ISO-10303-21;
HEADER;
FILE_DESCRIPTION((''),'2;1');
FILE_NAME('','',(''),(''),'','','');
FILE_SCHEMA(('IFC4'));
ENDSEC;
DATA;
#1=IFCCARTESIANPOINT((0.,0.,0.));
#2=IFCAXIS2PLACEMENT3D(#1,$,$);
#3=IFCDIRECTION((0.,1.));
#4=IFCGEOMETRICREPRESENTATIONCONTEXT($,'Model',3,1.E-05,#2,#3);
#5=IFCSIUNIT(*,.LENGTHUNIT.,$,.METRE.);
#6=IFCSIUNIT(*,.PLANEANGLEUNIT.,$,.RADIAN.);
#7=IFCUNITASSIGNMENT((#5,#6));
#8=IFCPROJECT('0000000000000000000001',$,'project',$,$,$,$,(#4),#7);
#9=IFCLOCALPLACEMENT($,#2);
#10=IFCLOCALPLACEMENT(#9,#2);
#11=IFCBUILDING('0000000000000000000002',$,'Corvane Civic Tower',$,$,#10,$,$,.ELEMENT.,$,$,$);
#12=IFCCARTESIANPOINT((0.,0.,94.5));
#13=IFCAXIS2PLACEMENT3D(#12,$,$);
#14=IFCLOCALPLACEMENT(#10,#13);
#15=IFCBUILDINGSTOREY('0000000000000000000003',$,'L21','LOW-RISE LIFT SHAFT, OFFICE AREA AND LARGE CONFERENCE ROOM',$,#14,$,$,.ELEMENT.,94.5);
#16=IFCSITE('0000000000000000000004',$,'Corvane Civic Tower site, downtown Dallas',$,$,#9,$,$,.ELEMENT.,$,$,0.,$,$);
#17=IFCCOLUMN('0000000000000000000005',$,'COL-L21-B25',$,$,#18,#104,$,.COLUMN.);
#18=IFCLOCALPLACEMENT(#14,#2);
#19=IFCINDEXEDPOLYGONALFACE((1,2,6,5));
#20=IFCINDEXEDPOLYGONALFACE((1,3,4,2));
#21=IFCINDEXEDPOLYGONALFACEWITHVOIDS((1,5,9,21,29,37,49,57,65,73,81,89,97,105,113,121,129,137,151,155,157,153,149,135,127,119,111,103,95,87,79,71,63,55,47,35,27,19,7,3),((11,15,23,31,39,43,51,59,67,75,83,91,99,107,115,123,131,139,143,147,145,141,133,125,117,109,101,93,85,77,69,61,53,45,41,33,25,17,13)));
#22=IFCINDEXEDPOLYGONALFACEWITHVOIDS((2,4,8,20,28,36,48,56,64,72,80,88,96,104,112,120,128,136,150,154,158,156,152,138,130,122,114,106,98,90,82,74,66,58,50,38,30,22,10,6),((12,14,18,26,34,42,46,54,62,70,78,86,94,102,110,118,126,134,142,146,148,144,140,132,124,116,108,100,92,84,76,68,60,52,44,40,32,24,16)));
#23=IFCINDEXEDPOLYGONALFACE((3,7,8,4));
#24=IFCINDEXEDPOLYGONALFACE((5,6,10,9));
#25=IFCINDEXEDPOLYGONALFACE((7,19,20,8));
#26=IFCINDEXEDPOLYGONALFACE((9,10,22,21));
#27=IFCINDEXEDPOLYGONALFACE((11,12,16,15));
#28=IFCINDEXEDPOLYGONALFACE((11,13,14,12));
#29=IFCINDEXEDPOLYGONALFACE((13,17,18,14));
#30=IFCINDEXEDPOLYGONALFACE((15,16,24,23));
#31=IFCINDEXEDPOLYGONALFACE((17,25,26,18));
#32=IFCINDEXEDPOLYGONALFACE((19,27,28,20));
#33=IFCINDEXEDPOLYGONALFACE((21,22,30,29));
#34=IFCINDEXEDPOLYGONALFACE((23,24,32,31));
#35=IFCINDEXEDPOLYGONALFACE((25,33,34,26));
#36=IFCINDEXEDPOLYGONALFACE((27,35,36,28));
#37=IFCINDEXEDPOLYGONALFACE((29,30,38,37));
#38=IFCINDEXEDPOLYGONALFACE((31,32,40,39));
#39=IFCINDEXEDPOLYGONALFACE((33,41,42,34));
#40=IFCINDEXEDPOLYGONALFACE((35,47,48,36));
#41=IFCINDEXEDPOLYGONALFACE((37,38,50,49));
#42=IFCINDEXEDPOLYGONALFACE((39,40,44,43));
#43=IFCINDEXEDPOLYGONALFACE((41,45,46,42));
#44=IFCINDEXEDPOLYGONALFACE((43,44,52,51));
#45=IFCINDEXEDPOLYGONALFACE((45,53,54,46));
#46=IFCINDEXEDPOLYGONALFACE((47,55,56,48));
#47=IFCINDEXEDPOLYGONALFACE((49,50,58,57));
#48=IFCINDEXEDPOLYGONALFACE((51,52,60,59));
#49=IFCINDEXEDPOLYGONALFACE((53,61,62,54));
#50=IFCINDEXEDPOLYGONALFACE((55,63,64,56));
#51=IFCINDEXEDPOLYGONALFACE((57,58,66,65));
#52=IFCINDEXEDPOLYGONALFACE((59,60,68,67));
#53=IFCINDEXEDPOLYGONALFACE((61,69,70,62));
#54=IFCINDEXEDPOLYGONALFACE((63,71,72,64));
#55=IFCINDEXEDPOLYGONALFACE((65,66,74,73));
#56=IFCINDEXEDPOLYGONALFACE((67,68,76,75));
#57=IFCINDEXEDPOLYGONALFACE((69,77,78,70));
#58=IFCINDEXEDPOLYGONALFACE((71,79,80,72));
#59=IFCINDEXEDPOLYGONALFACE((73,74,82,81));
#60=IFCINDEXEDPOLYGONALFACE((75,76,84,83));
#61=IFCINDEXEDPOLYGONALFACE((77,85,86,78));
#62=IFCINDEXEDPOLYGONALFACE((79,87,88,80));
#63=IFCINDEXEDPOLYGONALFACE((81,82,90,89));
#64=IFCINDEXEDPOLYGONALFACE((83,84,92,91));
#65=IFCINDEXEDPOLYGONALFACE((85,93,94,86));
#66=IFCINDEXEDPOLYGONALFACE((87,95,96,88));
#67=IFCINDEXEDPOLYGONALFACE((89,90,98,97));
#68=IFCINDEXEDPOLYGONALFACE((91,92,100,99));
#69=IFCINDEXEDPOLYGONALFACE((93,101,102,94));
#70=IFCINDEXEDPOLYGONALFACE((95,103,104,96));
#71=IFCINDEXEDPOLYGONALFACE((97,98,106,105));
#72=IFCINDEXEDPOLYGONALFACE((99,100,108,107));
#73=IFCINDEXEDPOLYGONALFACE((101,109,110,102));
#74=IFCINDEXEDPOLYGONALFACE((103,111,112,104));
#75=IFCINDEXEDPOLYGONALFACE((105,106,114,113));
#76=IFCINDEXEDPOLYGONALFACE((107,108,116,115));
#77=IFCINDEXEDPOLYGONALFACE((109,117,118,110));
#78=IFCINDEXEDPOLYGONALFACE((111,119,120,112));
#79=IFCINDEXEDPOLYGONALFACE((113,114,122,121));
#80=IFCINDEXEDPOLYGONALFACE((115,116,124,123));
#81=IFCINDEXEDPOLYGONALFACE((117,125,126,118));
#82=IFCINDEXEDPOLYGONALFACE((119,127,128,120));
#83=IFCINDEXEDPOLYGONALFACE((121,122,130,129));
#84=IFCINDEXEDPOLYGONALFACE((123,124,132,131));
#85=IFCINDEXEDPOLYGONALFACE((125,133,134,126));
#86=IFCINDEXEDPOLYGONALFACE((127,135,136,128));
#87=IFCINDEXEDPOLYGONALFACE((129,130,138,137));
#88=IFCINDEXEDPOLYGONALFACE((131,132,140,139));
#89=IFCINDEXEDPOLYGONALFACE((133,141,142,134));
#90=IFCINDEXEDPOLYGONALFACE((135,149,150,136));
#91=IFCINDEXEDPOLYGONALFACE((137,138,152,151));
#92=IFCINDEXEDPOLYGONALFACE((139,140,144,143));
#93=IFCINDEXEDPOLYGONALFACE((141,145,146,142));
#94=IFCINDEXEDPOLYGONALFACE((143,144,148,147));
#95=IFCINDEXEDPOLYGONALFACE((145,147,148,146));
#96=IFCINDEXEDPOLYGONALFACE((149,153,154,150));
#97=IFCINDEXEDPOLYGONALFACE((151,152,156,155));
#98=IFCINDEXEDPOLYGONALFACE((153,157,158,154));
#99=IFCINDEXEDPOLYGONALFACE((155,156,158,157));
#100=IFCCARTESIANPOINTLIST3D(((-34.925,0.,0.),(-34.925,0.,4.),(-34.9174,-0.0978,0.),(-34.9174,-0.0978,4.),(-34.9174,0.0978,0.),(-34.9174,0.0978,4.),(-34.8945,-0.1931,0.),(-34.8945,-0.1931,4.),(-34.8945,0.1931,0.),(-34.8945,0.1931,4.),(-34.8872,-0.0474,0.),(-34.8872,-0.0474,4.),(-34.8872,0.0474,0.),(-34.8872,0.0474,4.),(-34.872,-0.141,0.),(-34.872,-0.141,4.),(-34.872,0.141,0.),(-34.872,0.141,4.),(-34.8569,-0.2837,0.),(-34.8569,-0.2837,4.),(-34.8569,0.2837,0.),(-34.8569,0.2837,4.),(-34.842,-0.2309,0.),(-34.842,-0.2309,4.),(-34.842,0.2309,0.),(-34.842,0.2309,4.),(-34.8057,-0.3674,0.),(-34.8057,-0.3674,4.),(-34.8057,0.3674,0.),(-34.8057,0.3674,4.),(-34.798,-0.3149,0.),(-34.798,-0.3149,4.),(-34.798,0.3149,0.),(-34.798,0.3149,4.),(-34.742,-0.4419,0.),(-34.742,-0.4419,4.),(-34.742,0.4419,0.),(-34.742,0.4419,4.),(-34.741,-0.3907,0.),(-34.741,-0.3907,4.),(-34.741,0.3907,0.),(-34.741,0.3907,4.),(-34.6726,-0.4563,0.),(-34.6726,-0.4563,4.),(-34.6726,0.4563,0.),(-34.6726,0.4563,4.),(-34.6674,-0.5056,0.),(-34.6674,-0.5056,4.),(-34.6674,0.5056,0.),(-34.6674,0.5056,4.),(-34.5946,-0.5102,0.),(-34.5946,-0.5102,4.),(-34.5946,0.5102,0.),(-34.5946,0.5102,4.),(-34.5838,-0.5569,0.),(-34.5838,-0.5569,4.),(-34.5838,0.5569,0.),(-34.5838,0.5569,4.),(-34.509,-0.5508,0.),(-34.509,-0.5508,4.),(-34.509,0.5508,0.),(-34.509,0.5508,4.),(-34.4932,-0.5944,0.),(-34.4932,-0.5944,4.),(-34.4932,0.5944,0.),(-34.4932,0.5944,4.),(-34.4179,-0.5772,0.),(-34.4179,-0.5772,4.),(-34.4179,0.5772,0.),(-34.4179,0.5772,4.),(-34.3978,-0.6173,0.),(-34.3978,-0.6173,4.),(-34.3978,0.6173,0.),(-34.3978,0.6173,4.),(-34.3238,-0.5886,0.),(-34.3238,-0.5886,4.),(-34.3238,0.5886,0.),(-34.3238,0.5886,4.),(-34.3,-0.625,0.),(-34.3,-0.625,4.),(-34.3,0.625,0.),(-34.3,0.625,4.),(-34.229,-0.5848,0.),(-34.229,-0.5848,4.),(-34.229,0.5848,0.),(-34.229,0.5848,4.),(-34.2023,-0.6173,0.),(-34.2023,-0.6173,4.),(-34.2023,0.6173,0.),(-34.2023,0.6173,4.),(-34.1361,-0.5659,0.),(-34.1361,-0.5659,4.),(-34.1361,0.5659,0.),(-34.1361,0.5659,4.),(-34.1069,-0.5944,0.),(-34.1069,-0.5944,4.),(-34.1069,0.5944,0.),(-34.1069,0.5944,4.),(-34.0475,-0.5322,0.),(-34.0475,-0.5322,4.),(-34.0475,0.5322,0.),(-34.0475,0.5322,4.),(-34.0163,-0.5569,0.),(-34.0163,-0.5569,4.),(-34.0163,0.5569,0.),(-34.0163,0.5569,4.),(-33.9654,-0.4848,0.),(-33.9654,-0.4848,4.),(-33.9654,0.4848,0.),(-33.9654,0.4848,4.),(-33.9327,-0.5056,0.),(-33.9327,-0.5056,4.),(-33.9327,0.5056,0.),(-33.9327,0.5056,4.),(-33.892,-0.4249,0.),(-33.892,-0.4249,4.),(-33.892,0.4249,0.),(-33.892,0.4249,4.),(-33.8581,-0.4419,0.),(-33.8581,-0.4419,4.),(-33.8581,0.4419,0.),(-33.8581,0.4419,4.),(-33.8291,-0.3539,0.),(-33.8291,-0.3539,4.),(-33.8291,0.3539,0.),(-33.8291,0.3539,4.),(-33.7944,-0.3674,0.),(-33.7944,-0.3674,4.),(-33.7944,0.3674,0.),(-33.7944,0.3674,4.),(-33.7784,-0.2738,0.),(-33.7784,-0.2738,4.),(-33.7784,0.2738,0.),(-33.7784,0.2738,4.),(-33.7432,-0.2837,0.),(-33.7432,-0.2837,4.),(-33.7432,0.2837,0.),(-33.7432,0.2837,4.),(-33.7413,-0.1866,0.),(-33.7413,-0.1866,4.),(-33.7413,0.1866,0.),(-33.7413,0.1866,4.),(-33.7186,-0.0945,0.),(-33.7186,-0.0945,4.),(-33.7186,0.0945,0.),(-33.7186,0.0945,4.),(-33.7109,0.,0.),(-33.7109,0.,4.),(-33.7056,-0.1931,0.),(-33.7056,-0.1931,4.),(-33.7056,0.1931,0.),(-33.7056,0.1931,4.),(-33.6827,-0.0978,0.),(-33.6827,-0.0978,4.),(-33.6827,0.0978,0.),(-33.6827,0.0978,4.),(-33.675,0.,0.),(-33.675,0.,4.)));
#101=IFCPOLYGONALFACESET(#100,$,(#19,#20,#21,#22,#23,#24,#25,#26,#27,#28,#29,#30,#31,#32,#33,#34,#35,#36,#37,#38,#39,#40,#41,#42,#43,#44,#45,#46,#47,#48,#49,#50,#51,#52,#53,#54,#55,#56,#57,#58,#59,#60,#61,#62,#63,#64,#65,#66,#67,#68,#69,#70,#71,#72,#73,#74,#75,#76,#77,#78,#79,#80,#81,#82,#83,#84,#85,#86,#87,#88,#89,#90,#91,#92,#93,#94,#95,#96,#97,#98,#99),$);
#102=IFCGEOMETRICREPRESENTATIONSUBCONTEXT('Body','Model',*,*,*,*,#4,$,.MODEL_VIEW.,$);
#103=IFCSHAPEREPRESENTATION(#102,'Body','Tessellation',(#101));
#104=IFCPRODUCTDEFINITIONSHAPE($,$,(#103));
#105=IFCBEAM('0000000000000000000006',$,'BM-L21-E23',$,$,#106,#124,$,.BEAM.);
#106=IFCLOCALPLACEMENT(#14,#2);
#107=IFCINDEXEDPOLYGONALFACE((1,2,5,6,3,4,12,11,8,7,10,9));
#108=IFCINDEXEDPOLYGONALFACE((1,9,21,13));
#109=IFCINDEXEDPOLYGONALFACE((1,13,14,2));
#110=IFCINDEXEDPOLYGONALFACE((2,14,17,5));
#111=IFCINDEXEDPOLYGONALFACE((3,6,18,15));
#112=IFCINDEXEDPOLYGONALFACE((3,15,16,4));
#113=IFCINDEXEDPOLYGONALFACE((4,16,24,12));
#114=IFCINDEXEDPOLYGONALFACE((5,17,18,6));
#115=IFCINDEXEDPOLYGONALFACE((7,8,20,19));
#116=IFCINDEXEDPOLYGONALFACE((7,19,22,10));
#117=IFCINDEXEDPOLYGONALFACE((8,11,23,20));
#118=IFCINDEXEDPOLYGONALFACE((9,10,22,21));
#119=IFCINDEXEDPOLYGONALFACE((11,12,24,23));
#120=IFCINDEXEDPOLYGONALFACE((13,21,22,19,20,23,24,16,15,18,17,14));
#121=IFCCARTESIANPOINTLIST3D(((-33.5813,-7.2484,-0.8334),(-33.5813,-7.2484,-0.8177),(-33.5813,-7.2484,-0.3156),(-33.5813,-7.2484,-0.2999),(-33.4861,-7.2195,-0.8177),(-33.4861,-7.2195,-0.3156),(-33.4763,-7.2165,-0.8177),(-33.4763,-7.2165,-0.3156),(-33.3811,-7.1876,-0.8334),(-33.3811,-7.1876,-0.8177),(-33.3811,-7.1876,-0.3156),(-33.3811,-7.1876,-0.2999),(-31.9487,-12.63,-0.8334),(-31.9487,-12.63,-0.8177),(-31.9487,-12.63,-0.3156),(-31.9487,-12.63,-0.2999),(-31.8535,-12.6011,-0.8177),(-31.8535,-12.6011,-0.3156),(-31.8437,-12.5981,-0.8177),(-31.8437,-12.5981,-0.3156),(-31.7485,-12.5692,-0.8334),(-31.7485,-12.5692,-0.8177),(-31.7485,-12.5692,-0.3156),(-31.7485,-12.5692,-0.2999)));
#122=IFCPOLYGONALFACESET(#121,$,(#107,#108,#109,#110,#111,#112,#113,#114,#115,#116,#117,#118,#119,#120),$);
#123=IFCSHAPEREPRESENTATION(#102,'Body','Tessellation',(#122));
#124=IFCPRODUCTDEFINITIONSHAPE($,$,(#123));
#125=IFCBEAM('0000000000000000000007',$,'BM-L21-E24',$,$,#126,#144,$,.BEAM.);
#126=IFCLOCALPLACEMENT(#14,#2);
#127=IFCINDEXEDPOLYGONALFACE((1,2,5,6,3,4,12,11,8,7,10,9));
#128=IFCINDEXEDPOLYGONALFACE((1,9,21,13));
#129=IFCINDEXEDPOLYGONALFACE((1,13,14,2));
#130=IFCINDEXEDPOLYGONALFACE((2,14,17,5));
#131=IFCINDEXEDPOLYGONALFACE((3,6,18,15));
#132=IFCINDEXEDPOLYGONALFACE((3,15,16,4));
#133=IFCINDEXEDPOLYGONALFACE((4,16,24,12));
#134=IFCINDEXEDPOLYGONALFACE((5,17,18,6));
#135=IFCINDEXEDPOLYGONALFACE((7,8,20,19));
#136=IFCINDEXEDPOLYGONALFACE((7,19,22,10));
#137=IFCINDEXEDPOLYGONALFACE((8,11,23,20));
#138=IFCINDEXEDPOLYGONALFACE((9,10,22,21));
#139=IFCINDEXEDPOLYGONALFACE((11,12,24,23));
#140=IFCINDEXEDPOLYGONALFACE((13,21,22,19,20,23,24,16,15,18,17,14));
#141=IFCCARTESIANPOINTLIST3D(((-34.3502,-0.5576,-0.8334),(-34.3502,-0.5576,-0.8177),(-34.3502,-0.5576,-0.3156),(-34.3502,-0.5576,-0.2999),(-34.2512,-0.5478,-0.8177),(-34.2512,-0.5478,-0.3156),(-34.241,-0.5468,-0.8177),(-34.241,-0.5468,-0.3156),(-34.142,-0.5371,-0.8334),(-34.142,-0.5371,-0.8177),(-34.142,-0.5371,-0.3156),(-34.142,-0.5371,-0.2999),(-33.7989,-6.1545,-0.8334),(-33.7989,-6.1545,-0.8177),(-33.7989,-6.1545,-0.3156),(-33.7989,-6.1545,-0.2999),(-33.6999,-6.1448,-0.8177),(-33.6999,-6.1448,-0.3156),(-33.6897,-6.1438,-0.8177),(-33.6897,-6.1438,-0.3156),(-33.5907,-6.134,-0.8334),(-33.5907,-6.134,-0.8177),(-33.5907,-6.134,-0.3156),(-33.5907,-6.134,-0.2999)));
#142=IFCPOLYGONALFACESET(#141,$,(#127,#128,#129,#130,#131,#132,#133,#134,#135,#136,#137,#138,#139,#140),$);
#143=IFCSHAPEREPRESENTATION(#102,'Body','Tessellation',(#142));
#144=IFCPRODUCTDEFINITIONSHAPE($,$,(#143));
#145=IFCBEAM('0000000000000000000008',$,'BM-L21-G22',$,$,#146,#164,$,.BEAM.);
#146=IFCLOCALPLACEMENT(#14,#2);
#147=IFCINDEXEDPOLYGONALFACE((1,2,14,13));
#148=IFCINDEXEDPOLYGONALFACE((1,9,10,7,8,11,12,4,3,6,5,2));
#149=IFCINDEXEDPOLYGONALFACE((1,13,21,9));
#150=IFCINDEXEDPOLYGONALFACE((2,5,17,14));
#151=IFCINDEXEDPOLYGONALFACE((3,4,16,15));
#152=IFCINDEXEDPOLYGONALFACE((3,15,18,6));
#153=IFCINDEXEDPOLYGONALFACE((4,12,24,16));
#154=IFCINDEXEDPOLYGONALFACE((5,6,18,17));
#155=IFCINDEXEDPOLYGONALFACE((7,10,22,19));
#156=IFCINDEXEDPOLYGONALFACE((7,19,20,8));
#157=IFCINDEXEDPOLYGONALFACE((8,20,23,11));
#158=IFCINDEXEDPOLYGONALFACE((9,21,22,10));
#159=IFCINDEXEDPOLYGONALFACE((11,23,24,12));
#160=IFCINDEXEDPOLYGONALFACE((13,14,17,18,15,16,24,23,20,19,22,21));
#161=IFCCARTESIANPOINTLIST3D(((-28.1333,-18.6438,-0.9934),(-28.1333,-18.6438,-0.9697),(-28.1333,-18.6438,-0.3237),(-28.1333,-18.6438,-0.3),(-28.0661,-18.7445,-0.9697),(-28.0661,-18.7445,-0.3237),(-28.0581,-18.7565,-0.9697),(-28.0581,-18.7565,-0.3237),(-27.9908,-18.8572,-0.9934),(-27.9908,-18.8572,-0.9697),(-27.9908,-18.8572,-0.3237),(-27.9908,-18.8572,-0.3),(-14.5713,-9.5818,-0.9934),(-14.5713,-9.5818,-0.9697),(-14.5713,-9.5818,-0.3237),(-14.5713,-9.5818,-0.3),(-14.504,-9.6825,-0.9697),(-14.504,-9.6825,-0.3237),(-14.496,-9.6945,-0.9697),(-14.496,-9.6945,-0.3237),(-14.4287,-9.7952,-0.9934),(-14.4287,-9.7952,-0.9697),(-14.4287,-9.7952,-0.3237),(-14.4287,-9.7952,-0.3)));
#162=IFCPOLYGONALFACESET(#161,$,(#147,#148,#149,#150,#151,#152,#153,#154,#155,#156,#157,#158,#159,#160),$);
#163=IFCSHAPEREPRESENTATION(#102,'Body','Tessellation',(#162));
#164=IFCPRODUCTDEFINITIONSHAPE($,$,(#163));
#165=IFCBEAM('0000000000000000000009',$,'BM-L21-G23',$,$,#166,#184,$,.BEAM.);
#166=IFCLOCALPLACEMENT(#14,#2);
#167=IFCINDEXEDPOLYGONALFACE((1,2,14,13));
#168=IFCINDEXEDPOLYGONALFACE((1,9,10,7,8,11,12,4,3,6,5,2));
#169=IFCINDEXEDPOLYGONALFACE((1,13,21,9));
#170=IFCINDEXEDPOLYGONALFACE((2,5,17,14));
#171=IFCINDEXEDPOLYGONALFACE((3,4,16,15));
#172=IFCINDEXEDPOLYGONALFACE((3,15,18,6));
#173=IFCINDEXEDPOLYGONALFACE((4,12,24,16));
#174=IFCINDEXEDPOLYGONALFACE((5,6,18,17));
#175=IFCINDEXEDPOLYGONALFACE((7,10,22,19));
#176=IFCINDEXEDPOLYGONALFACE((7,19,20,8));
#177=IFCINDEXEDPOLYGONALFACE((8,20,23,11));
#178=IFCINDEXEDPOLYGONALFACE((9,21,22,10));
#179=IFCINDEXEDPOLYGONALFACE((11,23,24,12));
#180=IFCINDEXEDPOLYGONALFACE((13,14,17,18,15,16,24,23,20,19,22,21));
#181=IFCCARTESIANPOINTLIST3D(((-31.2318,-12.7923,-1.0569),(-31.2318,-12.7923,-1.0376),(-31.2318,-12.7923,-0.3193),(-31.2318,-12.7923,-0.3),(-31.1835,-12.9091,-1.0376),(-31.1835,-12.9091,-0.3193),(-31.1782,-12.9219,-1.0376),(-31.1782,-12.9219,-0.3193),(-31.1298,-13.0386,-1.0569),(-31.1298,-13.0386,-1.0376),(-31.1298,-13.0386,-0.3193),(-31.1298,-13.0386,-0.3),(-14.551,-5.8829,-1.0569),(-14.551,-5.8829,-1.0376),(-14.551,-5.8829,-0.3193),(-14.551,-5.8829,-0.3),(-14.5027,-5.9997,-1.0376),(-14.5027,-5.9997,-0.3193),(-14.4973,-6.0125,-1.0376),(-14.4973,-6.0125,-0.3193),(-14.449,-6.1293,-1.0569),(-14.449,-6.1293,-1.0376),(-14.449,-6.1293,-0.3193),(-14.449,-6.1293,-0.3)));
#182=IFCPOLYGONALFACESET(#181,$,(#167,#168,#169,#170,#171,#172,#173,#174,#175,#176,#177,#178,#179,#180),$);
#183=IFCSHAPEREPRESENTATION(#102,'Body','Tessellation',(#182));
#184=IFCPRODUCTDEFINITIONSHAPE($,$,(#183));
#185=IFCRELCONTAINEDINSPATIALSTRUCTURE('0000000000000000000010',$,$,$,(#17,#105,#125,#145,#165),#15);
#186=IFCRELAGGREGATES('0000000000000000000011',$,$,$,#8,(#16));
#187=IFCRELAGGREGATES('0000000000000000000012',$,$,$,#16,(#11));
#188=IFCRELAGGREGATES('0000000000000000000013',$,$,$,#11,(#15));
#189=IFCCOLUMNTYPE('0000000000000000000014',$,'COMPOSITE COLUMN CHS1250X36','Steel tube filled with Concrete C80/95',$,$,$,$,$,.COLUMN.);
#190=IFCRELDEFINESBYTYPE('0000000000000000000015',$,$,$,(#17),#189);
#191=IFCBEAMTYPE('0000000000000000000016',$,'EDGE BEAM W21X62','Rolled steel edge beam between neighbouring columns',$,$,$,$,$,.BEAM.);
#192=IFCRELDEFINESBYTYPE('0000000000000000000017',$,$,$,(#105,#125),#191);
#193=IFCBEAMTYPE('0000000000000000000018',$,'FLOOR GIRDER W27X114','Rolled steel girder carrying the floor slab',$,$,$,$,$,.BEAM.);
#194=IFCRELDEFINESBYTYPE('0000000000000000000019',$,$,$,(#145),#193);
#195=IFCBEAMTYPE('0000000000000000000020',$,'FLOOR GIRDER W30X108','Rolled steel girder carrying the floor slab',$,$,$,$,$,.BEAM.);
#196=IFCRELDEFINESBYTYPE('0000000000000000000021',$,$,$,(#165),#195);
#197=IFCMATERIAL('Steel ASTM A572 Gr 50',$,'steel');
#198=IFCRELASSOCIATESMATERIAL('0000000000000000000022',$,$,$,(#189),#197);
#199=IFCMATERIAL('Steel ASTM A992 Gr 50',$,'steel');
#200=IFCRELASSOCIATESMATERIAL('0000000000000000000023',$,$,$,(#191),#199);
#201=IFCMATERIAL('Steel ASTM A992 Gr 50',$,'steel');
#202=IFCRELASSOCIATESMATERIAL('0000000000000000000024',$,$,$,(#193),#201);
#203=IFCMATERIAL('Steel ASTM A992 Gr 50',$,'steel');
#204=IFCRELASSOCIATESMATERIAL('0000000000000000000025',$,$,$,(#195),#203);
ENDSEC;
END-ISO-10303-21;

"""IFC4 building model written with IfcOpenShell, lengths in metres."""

from ifc_helpers import new_model, si_unit, direction, frame, origin, origin_2d, place, context, subcontext, project, spatial, hollow_circle, i_section, extrude, material, material_profile, profile_set, type_object, element, save


model = new_model("IFC4")

# Units and contexts
model_context = context("Model", 3, precision=1e-05, world=origin(), true_north=direction((0.0, 1.0)))
body_context = subcontext(model_context, "Body", "Model", "MODEL_VIEW")
ifc_project = project(units=[si_unit("LENGTHUNIT", "METRE"), si_unit("PLANEANGLEUNIT", "RADIAN")], contexts=[model_context])

# Site, building, storey
site_placement = place(None, origin())
site = spatial("IfcSite", under=ifc_project, at=site_placement, Name="Corvane Civic Tower site, downtown Dallas", CompositionType="ELEMENT", RefElevation=0.0)
building_placement = place(site_placement, origin())
building = spatial("IfcBuilding", under=site, at=building_placement, Name="Corvane Civic Tower", CompositionType="ELEMENT")
storey_placement = place(building_placement, frame((0.0, 0.0, 94.5)))
storey = spatial("IfcBuildingStorey", under=building, at=storey_placement, Name="L21", Description="LOW-RISE LIFT SHAFT, OFFICE AREA AND LARGE CONFERENCE ROOM", CompositionType="ELEMENT", Elevation=94.5)

# Column
ifc_material_1 = material(Name="Steel ASTM A572 Gr 50", Category="steel")
ifc_material_profile_1 = material_profile(ifc_material_1, hollow_circle(Radius=0.625, WallThickness=0.0359, at=origin_2d()), Name="CHS1250X36")
ifc_profile_set_1 = profile_set([ifc_material_profile_1], Name="Steel ASTM A572 Gr 50")
column_type = type_object("IfcColumnType", Name="COMPOSITE COLUMN CHS1250X36", Description="Steel tube filled with Concrete C80/95", PredefinedType="COLUMN", material=ifc_profile_set_1)
for number, where, z_axis, x_axis, name in (
    (1, (-34.3, 0.0, 0.0), (0.0, 0.0, 1.0), (1.0, 0.0, 0.0), "COL-L21-B25"),
):
    element("IfcColumn", number, at=place(storey_placement, frame(where, z_axis=z_axis, x_axis=x_axis)), inside=storey, type_object=column_type, Name=name, PredefinedType="COLUMN", context=body_context, shape_type="SweptSolid", body=[
        extrude(hollow_circle(Radius=0.625, WallThickness=0.0359, at=origin_2d()), origin(), (0.0, 0.0, 1.0), 4.0),
    ])

# Beams
ifc_material_2 = material(Name="Steel ASTM A992 Gr 50", Category="steel")
ifc_material_profile_2 = material_profile(ifc_material_2, i_section(OverallWidth=0.2092, OverallDepth=0.5334, WebThickness=0.0103, FlangeThickness=0.0156, at=origin_2d()), Name="W21X62")
ifc_profile_set_2 = profile_set([ifc_material_profile_2], Name="Steel ASTM A992 Gr 50")
beam_type_1 = type_object("IfcBeamType", Name="EDGE BEAM W21X62", Description="Rolled steel edge beam between neighbouring columns", PredefinedType="BEAM", material=ifc_profile_set_2)
beam_1_placement = place(storey_placement, frame((-31.8486, -12.5996, -0.5667), z_axis=(-0.290298, 0.956936, 0.0), x_axis=(-0.956936, -0.290298, 0.0)))
element("IfcBeam", 2, at=beam_1_placement, inside=storey, type_object=beam_type_1, Name="BM-L21-E23", PredefinedType="BEAM", context=body_context, shape_type="SweptSolid", body=[
    extrude(i_section(OverallWidth=0.2092, OverallDepth=0.5334, WebThickness=0.0103, FlangeThickness=0.0156, at=origin_2d()), origin(), (0.0, 0.0, 1.0), 5.6238),
])
beam_2_placement = place(storey_placement, frame((-33.6948, -6.1443, -0.5667), z_axis=(-0.098021, 0.995184, 0.0), x_axis=(-0.995184, -0.098021, 0.0)))
element("IfcBeam", 3, at=beam_2_placement, inside=storey, type_object=beam_type_1, Name="BM-L21-E24", PredefinedType="BEAM", context=body_context, shape_type="SweptSolid", body=[
    extrude(i_section(OverallWidth=0.2092, OverallDepth=0.5334, WebThickness=0.0103, FlangeThickness=0.0156, at=origin_2d()), origin(), (0.0, 0.0, 1.0), 5.624),
])
ifc_material_3 = material(Name="Steel ASTM A992 Gr 50", Category="steel")
ifc_material_profile_3 = material_profile(ifc_material_3, i_section(OverallWidth=0.2566, OverallDepth=0.6934, WebThickness=0.0144, FlangeThickness=0.0237, at=origin_2d()), Name="W27X114")
ifc_profile_set_3 = profile_set([ifc_material_profile_3], Name="Steel ASTM A992 Gr 50")
beam_type_2 = type_object("IfcBeamType", Name="FLOOR GIRDER W27X114", Description="Rolled steel girder carrying the floor slab", PredefinedType="BEAM", material=ifc_profile_set_3)
beam_3_placement = place(storey_placement, frame((-14.5, -9.6885, -0.6467), z_axis=(-0.831465, -0.555577, 0.0), x_axis=(0.555577, -0.831465, 0.0)))
element("IfcBeam", 4, at=beam_3_placement, inside=storey, type_object=beam_type_2, Name="BM-L21-G22", PredefinedType="BEAM", context=body_context, shape_type="SweptSolid", body=[
    extrude(i_section(OverallWidth=0.2566, OverallDepth=0.6934, WebThickness=0.0144, FlangeThickness=0.0237, at=origin_2d()), origin(), (0.0, 0.0, 1.0), 16.311),
])
ifc_material_4 = material(Name="Steel ASTM A992 Gr 50", Category="steel")
ifc_material_profile_4 = material_profile(ifc_material_4, i_section(OverallWidth=0.2666, OverallDepth=0.7568, WebThickness=0.0139, FlangeThickness=0.0193, at=origin_2d()), Name="W30X108")
ifc_profile_set_4 = profile_set([ifc_material_profile_4], Name="Steel ASTM A992 Gr 50")
beam_type_3 = type_object("IfcBeamType", Name="FLOOR GIRDER W30X108", Description="Rolled steel girder carrying the floor slab", PredefinedType="BEAM", material=ifc_profile_set_4)
beam_4_placement = place(storey_placement, frame((-14.5, -6.0061, -0.6785), z_axis=(-0.92388, -0.382682, 0.0), x_axis=(0.382682, -0.92388, 0.0)))
element("IfcBeam", 5, at=beam_4_placement, inside=storey, type_object=beam_type_3, Name="BM-L21-G23", PredefinedType="BEAM", context=body_context, shape_type="SweptSolid", body=[
    extrude(i_section(OverallWidth=0.2666, OverallDepth=0.7568, WebThickness=0.0139, FlangeThickness=0.0193, at=origin_2d()), origin(), (0.0, 0.0, 1.0), 18.0552),
])

save(model, "model.ifc")
